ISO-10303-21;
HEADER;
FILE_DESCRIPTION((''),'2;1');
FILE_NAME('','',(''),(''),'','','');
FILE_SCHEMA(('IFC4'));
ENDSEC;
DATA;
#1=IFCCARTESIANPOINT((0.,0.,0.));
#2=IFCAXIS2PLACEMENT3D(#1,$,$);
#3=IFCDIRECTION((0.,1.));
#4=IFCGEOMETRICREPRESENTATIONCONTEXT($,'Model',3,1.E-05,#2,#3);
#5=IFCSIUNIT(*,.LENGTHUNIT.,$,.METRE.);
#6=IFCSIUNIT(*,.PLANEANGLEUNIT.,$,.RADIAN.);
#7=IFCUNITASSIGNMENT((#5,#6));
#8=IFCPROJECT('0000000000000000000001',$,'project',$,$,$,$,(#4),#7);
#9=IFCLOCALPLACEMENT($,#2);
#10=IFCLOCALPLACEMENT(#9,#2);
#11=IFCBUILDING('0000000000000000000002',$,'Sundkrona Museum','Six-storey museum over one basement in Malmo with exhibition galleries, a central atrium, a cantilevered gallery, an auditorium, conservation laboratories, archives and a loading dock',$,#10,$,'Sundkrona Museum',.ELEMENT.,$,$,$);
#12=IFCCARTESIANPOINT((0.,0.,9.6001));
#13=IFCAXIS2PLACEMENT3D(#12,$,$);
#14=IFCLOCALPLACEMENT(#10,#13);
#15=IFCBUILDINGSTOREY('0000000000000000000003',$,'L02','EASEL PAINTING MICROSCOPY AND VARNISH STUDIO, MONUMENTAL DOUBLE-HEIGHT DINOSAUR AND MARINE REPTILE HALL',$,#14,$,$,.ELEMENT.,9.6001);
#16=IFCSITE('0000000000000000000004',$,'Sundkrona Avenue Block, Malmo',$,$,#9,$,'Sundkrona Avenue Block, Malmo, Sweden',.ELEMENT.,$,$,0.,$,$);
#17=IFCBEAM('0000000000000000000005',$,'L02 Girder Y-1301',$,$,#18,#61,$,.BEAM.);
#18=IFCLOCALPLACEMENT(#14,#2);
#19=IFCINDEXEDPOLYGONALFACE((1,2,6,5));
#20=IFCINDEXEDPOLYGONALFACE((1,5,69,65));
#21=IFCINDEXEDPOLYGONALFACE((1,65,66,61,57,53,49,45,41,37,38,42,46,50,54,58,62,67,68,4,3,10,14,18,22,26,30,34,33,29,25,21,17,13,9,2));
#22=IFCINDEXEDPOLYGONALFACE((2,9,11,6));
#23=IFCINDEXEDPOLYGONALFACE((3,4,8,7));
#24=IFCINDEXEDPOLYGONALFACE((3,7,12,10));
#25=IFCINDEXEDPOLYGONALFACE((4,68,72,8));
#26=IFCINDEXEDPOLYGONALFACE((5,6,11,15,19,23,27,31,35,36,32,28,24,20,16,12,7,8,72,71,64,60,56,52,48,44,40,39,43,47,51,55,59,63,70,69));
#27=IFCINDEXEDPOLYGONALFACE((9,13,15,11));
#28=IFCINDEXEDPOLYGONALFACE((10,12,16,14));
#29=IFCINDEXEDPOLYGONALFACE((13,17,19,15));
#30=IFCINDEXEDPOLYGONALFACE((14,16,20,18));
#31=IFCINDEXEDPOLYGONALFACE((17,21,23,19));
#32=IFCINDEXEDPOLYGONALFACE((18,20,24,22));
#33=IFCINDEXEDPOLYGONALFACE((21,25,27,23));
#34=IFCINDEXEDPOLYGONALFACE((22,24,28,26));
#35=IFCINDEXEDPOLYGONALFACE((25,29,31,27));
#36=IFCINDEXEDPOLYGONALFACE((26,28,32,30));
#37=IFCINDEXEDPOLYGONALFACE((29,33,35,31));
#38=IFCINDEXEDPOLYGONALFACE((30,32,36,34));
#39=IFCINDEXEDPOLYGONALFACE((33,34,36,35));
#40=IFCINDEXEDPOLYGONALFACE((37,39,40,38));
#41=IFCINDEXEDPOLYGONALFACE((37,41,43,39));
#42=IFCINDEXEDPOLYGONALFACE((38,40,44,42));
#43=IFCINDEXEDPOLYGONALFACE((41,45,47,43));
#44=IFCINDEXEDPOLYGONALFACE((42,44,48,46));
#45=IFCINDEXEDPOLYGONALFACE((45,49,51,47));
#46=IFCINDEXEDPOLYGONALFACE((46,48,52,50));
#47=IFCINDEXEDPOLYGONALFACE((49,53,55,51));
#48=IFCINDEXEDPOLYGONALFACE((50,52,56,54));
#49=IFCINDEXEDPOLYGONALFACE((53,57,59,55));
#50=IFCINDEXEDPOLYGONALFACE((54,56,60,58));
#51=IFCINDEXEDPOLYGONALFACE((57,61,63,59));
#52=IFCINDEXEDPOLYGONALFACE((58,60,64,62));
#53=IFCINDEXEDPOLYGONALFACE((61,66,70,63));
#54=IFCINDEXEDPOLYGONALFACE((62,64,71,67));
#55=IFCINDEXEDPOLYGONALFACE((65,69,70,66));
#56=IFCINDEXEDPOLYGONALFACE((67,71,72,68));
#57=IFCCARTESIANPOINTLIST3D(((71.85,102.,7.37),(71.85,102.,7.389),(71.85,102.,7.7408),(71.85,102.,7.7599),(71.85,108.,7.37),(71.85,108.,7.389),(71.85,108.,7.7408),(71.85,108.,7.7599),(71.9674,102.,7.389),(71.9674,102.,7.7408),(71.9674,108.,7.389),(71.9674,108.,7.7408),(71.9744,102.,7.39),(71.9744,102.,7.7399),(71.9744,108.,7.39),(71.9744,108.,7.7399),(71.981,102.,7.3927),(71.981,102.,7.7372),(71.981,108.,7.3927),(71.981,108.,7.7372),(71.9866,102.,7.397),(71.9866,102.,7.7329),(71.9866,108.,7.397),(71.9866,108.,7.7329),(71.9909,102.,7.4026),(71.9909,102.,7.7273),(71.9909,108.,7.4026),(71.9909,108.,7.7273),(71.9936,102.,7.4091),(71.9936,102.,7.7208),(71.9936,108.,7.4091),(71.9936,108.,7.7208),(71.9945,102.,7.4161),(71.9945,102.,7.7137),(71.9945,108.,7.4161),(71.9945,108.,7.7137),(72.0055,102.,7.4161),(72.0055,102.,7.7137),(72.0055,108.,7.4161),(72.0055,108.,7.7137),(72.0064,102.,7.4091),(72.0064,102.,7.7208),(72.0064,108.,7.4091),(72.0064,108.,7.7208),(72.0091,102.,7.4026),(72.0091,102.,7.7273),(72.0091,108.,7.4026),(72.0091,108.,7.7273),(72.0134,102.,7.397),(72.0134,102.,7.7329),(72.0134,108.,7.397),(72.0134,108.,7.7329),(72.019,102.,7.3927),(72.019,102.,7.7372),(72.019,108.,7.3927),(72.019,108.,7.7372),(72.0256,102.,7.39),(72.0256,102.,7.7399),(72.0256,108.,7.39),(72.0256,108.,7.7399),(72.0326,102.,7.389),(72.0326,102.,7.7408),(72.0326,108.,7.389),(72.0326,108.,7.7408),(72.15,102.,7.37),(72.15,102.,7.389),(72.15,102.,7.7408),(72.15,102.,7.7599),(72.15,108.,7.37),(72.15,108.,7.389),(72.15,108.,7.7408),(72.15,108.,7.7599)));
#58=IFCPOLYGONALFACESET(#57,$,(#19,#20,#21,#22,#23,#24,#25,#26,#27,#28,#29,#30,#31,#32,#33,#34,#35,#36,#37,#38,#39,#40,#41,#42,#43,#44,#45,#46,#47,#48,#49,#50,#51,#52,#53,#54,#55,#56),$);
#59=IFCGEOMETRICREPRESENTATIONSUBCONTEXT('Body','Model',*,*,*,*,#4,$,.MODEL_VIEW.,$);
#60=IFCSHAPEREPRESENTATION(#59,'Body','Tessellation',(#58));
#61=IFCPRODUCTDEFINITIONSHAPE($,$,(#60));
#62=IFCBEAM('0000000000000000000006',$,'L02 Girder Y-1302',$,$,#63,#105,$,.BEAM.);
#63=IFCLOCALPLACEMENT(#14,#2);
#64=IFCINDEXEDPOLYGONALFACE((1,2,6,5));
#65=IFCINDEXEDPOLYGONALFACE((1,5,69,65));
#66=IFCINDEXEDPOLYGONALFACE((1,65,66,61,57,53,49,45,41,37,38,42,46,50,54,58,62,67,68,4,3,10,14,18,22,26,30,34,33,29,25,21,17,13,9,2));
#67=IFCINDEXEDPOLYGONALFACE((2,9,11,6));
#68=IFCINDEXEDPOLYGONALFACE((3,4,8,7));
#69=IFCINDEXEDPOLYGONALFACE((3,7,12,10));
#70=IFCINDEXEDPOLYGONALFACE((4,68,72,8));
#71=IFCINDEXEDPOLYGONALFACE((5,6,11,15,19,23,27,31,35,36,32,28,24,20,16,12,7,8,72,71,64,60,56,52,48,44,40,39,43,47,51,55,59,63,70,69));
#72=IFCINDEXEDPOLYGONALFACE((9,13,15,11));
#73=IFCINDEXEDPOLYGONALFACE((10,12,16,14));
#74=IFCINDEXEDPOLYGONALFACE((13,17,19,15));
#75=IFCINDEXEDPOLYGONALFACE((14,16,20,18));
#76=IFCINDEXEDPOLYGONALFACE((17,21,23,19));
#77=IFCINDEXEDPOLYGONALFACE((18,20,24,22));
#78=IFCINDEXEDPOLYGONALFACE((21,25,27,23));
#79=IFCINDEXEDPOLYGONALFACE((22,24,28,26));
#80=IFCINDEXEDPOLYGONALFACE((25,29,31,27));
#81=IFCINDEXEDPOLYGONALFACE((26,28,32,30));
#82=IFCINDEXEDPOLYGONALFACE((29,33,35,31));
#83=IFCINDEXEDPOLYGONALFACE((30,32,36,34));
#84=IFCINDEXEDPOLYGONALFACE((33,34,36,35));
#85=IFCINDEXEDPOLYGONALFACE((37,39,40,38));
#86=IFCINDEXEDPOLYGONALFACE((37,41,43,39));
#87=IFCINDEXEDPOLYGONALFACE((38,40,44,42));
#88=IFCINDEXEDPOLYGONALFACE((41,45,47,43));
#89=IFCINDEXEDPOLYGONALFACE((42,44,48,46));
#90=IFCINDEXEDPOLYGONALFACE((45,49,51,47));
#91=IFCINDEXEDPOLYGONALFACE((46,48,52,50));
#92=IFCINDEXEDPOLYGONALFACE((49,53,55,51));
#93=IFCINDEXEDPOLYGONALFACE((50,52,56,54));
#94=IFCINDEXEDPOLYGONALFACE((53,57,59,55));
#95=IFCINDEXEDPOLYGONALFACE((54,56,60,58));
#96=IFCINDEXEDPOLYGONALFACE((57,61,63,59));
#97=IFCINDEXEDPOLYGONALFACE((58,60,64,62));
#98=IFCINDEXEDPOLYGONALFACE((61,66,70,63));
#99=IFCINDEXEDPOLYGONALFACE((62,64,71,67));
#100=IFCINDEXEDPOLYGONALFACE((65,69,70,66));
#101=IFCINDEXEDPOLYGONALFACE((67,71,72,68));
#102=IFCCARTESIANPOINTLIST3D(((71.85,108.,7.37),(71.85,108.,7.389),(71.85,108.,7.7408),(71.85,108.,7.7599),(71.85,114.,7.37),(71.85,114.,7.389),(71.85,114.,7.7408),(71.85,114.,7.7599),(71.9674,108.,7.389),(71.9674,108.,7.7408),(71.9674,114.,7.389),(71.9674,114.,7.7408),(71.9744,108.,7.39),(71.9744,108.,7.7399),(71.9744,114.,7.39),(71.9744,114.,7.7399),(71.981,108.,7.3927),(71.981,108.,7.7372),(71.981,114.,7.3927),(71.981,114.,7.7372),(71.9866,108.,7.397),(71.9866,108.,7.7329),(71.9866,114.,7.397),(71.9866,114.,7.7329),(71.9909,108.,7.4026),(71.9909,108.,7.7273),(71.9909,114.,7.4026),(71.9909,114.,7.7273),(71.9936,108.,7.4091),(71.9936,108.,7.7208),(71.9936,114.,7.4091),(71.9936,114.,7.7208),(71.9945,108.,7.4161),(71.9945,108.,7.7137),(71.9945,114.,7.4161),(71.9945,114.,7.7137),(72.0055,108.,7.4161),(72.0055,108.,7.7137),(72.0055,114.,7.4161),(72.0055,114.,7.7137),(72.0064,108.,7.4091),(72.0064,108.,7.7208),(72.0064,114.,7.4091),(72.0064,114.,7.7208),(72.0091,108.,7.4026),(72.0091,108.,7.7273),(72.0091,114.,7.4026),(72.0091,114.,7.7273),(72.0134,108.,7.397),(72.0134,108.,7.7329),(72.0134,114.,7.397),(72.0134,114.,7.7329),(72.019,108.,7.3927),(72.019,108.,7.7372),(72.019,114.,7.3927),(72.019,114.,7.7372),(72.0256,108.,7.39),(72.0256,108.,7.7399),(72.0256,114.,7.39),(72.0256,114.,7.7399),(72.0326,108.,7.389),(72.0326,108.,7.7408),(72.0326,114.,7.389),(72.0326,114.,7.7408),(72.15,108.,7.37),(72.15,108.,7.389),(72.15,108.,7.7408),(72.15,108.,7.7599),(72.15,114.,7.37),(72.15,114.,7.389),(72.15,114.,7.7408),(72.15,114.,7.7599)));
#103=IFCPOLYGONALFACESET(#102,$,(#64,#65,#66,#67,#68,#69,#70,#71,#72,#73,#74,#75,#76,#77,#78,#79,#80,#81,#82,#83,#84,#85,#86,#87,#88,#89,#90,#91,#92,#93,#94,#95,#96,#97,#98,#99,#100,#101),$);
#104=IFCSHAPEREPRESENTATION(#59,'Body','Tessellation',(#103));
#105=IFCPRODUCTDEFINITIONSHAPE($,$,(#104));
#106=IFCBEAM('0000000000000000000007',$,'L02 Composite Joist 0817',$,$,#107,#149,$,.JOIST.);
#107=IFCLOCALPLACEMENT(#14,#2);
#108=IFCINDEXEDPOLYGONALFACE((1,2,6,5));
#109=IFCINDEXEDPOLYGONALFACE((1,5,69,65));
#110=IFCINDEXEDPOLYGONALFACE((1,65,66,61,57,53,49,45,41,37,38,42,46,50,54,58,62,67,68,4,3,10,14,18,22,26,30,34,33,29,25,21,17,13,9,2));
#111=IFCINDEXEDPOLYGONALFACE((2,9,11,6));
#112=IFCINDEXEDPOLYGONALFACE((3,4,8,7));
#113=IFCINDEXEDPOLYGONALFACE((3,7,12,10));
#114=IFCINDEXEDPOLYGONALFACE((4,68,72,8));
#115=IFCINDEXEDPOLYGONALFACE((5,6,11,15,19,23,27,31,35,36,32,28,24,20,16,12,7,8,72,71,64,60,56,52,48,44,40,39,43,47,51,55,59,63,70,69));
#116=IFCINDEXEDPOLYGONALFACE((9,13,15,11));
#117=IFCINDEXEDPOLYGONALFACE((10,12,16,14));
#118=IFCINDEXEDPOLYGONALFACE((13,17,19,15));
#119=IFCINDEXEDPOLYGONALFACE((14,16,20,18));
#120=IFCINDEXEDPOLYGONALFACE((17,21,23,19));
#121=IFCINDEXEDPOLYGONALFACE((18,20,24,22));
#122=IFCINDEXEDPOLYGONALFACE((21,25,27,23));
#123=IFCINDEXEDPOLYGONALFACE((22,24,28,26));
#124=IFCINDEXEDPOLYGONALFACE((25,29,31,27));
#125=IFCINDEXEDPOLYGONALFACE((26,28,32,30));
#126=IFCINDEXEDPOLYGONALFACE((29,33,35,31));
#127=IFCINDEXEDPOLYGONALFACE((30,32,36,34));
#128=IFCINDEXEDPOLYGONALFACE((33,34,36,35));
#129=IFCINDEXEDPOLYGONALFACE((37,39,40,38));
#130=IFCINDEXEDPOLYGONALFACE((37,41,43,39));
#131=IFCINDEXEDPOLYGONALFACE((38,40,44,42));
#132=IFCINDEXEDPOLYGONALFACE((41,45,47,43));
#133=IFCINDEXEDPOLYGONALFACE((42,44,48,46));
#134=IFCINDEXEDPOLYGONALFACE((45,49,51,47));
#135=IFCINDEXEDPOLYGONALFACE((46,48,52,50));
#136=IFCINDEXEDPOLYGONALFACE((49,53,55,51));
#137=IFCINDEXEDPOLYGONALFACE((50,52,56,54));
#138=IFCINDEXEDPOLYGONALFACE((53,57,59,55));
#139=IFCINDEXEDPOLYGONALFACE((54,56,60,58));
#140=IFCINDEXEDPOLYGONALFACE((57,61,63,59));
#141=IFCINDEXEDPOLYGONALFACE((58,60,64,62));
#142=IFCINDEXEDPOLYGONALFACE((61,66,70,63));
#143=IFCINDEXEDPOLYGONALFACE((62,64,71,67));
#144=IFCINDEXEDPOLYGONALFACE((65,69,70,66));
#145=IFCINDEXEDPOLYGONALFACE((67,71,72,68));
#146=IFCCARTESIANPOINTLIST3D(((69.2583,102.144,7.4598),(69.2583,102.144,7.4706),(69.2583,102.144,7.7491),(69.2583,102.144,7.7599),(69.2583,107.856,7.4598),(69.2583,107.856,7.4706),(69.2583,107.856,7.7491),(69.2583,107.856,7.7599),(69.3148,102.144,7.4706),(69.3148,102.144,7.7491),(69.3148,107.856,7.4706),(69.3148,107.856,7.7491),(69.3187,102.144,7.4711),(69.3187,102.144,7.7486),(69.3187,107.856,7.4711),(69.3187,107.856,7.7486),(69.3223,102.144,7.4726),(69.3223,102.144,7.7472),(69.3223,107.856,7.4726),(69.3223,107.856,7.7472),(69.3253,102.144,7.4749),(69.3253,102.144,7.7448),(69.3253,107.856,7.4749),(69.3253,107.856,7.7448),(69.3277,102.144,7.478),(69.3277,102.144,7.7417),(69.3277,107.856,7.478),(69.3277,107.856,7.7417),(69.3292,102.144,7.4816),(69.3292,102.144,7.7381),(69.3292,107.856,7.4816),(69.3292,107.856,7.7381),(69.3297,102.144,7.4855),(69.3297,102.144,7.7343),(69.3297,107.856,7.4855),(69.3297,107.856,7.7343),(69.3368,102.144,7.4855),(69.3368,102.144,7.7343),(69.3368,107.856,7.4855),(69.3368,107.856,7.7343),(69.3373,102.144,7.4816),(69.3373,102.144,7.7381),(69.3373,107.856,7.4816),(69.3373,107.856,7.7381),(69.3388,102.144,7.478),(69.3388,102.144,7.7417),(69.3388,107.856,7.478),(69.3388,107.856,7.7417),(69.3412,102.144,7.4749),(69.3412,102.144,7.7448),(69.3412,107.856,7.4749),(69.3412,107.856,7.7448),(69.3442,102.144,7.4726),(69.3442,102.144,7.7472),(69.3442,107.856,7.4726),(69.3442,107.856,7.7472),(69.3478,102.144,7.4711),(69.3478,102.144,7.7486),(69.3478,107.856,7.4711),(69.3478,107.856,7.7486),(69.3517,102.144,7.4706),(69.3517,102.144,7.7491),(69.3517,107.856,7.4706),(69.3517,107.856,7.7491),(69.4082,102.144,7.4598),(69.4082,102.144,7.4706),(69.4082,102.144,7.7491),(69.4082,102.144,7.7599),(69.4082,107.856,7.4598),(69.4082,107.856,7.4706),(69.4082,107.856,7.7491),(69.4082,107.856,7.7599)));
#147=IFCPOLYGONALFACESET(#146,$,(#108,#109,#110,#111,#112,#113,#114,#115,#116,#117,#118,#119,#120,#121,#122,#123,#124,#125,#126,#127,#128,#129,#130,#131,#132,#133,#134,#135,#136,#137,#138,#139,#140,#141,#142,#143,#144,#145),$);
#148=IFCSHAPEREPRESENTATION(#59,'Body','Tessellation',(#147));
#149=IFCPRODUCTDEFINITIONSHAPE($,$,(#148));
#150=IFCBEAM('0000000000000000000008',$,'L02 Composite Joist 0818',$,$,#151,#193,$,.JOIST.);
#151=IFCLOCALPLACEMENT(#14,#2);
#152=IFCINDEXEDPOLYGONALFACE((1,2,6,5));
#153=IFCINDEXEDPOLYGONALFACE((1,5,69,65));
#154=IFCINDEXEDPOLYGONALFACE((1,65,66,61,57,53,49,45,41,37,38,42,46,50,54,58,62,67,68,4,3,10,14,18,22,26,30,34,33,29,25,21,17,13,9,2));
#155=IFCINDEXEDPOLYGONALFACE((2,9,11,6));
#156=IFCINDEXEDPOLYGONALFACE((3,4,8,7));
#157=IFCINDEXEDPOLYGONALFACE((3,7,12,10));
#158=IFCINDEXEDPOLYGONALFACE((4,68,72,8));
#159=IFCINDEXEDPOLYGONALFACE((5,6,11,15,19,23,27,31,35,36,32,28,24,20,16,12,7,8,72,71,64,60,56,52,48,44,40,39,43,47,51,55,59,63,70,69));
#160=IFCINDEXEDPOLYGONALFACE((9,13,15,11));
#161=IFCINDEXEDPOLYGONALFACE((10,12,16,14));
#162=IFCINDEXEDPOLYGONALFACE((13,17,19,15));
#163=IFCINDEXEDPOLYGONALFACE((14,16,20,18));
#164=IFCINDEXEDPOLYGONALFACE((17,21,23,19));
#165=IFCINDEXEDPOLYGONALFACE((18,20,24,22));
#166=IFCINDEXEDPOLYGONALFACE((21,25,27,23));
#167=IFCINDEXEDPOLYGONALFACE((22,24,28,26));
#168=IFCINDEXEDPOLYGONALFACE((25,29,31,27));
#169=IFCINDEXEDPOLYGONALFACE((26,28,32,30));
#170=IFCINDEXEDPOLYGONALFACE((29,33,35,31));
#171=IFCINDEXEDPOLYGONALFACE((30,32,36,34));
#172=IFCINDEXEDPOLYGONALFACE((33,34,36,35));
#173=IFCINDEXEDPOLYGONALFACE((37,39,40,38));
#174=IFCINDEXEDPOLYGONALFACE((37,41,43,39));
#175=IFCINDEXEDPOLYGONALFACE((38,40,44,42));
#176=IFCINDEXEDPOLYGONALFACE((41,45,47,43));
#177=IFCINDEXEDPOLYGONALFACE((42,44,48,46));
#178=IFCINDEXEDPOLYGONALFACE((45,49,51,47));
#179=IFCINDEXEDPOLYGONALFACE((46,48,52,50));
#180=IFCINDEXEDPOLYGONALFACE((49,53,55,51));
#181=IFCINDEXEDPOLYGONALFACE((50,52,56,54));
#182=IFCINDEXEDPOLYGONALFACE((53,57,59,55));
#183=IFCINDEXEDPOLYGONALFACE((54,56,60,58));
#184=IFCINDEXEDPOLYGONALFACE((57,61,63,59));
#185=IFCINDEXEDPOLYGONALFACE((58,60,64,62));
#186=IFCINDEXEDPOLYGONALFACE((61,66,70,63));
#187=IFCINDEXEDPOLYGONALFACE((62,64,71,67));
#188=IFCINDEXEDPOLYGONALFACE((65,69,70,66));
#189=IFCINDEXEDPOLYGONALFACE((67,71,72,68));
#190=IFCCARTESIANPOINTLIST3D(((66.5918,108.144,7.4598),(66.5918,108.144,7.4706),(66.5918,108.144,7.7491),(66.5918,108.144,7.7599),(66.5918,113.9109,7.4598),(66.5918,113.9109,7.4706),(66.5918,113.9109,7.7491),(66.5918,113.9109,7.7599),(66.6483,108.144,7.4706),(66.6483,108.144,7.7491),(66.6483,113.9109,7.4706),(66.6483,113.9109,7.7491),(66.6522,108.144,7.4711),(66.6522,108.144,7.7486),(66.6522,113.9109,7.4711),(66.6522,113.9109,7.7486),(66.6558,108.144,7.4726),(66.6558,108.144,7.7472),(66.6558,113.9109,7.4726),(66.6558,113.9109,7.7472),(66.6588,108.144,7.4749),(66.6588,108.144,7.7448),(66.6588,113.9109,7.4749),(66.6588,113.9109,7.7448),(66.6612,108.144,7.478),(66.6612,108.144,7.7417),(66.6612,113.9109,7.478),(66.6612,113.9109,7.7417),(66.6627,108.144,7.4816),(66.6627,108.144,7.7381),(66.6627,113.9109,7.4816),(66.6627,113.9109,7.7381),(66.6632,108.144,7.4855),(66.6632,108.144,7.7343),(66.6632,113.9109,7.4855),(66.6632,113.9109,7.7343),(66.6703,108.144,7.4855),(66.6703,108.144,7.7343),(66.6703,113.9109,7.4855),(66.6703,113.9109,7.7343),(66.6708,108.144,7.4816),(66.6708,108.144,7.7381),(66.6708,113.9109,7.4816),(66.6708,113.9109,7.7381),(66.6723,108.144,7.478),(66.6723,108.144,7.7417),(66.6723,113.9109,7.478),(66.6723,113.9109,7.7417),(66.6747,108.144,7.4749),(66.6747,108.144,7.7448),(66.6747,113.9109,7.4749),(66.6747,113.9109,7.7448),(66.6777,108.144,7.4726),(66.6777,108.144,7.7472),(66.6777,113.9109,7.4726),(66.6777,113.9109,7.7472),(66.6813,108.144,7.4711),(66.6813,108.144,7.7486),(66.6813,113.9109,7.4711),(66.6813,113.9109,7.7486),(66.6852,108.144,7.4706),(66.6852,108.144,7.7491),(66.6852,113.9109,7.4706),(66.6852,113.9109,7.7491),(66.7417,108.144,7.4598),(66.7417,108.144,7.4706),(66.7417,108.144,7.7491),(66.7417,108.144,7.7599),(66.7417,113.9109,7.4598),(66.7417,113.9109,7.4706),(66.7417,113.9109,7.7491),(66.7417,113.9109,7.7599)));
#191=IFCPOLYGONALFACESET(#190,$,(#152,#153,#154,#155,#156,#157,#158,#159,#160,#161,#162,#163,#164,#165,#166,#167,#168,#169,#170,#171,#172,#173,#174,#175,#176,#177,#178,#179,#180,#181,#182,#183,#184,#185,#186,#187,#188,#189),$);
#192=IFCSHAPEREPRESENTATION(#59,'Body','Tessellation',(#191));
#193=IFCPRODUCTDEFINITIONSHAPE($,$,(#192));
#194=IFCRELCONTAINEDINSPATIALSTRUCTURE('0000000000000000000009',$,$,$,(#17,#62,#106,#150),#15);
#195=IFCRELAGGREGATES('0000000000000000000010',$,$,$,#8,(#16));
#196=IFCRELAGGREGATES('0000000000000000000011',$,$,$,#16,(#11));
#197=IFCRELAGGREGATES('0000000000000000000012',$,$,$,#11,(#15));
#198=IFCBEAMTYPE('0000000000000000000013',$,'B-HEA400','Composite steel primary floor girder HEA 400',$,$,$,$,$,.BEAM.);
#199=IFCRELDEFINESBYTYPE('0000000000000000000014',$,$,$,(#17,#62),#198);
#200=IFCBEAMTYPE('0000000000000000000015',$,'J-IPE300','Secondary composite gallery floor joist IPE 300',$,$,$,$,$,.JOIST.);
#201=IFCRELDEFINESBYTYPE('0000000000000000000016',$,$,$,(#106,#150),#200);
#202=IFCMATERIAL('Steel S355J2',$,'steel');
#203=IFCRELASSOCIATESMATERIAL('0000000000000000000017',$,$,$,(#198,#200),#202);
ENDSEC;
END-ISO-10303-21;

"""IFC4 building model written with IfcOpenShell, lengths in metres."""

from ifc_helpers import new_model, si_unit, direction, frame, origin, origin_2d, place, context, subcontext, project, spatial, i_section, extrude, material, material_profile, profile_set, type_object, element, save


model = new_model("IFC4")

# Units and contexts
model_context = context("Model", 3, precision=1e-05, world=origin(), true_north=direction((0.0, 1.0)))
body_context = subcontext(model_context, "Body", "Model", "MODEL_VIEW")
ifc_project = project(units=[si_unit("LENGTHUNIT", "METRE"), si_unit("PLANEANGLEUNIT", "RADIAN")], contexts=[model_context])

# Site, building, storey
site_placement = place(None, origin())
site = spatial("IfcSite", under=ifc_project, at=site_placement, Name="Sundkrona Avenue Block, Malmo", LongName="Sundkrona Avenue Block, Malmo, Sweden", CompositionType="ELEMENT", RefElevation=0.0)
building_placement = place(site_placement, origin())
building = spatial("IfcBuilding", under=site, at=building_placement, Name="Sundkrona Museum", Description="Six-storey museum over one basement in Malmo with exhibition galleries, a central atrium, a cantilevered gallery, an auditorium, conservation laboratories, archives and a loading dock", LongName="Sundkrona Museum", CompositionType="ELEMENT")
storey_placement = place(building_placement, frame((0.0, 0.0, 9.6001)))
storey = spatial("IfcBuildingStorey", under=building, at=storey_placement, Name="L02", Description="EASEL PAINTING MICROSCOPY AND VARNISH STUDIO, MONUMENTAL DOUBLE-HEIGHT DINOSAUR AND MARINE REPTILE HALL", CompositionType="ELEMENT", Elevation=9.6001)

# Shared definitions
ifc_material_1 = material(Name="Steel S355J2", Category="steel")

# Beams
ifc_material_profile_1 = material_profile(ifc_material_1, i_section(OverallWidth=0.3, OverallDepth=0.3899, WebThickness=0.011, FlangeThickness=0.019, FilletRadius=0.0271, at=origin_2d()), Name="HEA 400")
ifc_profile_set_1 = profile_set([ifc_material_profile_1], Name="Steel S355J2")
beam_type_1 = type_object("IfcBeamType", Name="B-HEA400", Description="Composite steel primary floor girder HEA 400", PredefinedType="BEAM", material=ifc_profile_set_1)
for number, where, z_axis, x_axis, name in (
    (1, (72.0, 102.0, 7.5649), (0.0, 1.0, 0.0), (-1.0, 0.0, 0.0), "L02 Girder Y-1301"),
    (2, (72.0, 108.0, 7.5649), (0.0, 1.0, 0.0), (-1.0, 0.0, 0.0), "L02 Girder Y-1302"),
):
    element("IfcBeam", number, at=place(storey_placement, frame(where, z_axis=z_axis, x_axis=x_axis)), inside=storey, type_object=beam_type_1, Name=name, PredefinedType="BEAM", context=body_context, shape_type="SweptSolid", body=[
        extrude(i_section(OverallWidth=0.3, OverallDepth=0.3899, WebThickness=0.011, FlangeThickness=0.019, FilletRadius=0.0271, at=origin_2d()), origin(), (0.0, 0.0, 1.0), 6.0),
    ])
ifc_material_profile_2 = material_profile(ifc_material_1, i_section(OverallWidth=0.1499, OverallDepth=0.3, WebThickness=0.0071, FlangeThickness=0.0107, FilletRadius=0.0149, at=origin_2d()), Name="IPE 300")
ifc_profile_set_2 = profile_set([ifc_material_profile_2], Name="Steel S355J2")
beam_type_2 = type_object("IfcBeamType", Name="J-IPE300", Description="Secondary composite gallery floor joist IPE 300", PredefinedType="JOIST", material=ifc_profile_set_2)
beam_1_placement = place(storey_placement, frame((69.3333, 102.144, 7.6099), z_axis=(0.0, 1.0, 0.0), x_axis=(-1.0, 0.0, 0.0)))
element("IfcBeam", 3, at=beam_1_placement, inside=storey, type_object=beam_type_2, Name="L02 Composite Joist 0817", PredefinedType="JOIST", context=body_context, shape_type="SweptSolid", body=[
    extrude(i_section(OverallWidth=0.1499, OverallDepth=0.3, WebThickness=0.0071, FlangeThickness=0.0107, FilletRadius=0.0149, at=origin_2d()), origin(), (0.0, 0.0, 1.0), 5.7119),
])
for number, where, z_axis, x_axis, name in (
    (4, (66.6667, 108.144, 7.6099), (0.0, 1.0, 0.0), (-1.0, 0.0, 0.0), "L02 Composite Joist 0818"),
):
    element("IfcBeam", number, at=place(storey_placement, frame(where, z_axis=z_axis, x_axis=x_axis)), inside=storey, type_object=beam_type_2, Name=name, PredefinedType="JOIST", context=body_context, shape_type="SweptSolid", body=[
        extrude(i_section(OverallWidth=0.1499, OverallDepth=0.3, WebThickness=0.0071, FlangeThickness=0.0107, FilletRadius=0.0149, at=origin_2d()), origin(), (0.0, 0.0, 1.0), 5.7668),
    ])

save(model, "model.ifc")
